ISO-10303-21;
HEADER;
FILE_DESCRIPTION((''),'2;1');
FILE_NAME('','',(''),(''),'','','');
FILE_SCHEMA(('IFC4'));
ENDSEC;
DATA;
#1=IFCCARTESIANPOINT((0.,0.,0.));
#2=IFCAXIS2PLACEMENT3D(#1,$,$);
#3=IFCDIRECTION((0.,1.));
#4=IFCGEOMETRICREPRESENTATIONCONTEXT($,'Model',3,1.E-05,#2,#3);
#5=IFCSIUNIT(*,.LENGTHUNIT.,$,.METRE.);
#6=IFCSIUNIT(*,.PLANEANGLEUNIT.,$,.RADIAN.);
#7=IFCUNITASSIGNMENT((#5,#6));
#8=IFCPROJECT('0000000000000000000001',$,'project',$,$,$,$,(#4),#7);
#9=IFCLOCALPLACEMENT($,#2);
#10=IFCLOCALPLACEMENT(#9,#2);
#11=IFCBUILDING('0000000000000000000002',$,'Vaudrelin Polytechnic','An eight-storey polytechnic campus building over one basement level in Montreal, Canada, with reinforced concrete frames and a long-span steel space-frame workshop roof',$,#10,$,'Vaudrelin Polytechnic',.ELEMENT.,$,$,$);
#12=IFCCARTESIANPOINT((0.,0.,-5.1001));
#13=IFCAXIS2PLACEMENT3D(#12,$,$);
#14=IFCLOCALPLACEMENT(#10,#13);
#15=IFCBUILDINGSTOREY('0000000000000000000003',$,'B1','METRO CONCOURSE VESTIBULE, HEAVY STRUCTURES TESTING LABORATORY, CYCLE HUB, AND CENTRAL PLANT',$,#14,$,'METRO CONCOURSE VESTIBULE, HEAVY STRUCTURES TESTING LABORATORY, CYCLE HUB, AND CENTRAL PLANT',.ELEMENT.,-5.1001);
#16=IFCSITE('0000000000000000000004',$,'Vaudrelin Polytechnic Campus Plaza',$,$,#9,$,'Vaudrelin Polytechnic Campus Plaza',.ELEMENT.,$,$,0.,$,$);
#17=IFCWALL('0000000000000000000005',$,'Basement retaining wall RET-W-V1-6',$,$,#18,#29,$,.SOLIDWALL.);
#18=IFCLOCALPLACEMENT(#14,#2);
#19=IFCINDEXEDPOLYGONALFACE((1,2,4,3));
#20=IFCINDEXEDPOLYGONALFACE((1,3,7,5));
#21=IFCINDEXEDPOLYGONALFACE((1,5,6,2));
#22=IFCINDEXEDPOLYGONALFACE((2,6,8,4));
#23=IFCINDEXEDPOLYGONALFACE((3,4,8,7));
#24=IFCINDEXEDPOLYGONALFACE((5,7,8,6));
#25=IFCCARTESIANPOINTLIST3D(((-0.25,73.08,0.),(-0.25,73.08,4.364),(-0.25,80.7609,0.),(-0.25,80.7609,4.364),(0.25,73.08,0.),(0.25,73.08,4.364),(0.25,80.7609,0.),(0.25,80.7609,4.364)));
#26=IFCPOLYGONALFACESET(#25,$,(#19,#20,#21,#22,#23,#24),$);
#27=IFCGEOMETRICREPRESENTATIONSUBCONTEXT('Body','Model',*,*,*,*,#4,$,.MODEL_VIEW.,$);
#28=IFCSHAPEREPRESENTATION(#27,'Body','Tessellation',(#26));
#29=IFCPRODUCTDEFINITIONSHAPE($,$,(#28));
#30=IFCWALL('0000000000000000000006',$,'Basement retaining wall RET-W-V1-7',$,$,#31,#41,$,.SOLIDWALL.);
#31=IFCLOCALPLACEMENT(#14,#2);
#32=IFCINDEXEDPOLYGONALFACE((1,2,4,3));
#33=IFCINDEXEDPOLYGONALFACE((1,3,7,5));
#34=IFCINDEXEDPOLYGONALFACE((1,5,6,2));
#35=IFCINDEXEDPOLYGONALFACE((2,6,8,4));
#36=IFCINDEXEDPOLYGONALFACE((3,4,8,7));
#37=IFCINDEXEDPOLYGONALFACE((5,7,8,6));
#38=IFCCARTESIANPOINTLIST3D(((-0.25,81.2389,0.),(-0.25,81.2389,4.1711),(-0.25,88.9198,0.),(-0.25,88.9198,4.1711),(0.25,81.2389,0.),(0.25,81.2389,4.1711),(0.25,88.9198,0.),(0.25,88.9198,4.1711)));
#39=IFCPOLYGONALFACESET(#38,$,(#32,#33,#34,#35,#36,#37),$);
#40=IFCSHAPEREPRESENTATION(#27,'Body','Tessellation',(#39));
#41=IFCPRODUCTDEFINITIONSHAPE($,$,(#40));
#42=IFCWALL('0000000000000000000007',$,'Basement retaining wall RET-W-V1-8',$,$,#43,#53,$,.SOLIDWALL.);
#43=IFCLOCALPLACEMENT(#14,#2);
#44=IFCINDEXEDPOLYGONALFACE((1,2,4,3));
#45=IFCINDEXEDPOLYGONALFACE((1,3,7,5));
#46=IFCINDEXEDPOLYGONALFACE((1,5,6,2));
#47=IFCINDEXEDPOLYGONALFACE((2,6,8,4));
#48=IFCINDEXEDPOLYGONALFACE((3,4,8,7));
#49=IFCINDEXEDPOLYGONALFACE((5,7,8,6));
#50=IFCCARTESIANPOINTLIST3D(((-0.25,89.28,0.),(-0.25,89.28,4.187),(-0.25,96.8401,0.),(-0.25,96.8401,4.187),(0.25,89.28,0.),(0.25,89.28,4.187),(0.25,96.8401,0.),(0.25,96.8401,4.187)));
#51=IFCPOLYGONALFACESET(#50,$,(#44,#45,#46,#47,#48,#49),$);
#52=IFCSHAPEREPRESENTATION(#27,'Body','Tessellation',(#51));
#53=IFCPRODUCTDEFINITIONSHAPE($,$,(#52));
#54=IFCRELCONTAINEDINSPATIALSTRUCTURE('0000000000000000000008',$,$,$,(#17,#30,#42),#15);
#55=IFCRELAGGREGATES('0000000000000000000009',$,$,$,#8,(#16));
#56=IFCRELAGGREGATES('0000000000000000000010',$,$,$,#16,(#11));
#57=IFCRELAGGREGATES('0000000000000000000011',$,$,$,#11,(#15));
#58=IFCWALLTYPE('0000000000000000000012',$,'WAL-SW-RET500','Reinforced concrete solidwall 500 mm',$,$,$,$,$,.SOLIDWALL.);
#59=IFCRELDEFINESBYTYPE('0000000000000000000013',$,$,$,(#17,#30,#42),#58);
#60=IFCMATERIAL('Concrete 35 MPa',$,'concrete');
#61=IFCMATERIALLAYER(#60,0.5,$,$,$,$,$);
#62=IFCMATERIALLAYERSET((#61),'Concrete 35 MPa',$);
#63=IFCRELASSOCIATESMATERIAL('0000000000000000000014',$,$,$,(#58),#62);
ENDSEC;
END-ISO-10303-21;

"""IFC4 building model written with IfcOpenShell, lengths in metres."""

from ifc_helpers import new_model, si_unit, direction, frame, frame_2d, origin, place, context, subcontext, project, spatial, rectangle, extrude, material, layer, layer_set, type_object, element, save


model = new_model("IFC4")

# Units and contexts
model_context = context("Model", 3, precision=1e-05, world=origin(), true_north=direction((0.0, 1.0)))
body_context = subcontext(model_context, "Body", "Model", "MODEL_VIEW")
ifc_project = project(units=[si_unit("LENGTHUNIT", "METRE"), si_unit("PLANEANGLEUNIT", "RADIAN")], contexts=[model_context])

# Site, building, storey
site_placement = place(None, origin())
site = spatial("IfcSite", under=ifc_project, at=site_placement, Name="Vaudrelin Polytechnic Campus Plaza", LongName="Vaudrelin Polytechnic Campus Plaza", CompositionType="ELEMENT", RefElevation=0.0)
building_placement = place(site_placement, origin())
building = spatial("IfcBuilding", under=site, at=building_placement, Name="Vaudrelin Polytechnic", Description="An eight-storey polytechnic campus building over one basement level in Montreal, Canada, with reinforced concrete frames and a long-span steel space-frame workshop roof", LongName="Vaudrelin Polytechnic", CompositionType="ELEMENT")
storey_placement = place(building_placement, frame((0.0, 0.0, -5.1001)))
storey = spatial("IfcBuildingStorey", under=building, at=storey_placement, Name="B1", Description="METRO CONCOURSE VESTIBULE, HEAVY STRUCTURES TESTING LABORATORY, CYCLE HUB, AND CENTRAL PLANT", LongName="METRO CONCOURSE VESTIBULE, HEAVY STRUCTURES TESTING LABORATORY, CYCLE HUB, AND CENTRAL PLANT", CompositionType="ELEMENT", Elevation=-5.1001)

# Walls
ifc_material_1 = material(Name="Concrete 35 MPa", Category="concrete")
ifc_layer_1 = layer(ifc_material_1, 0.5)
ifc_layer_set_1 = layer_set([ifc_layer_1], Name="Concrete 35 MPa")
wall_type = type_object("IfcWallType", Name="WAL-SW-RET500", Description="Reinforced concrete solidwall 500 mm", PredefinedType="SOLIDWALL", material=ifc_layer_set_1)
wall_1_placement = place(storey_placement, frame((0.0, 73.0801, 0.0), z_axis=(0.0, 0.0, 1.0), x_axis=(0.0, 1.0, 0.0)))
element("IfcWall", 1, at=wall_1_placement, inside=storey, type_object=wall_type, Name="Basement retaining wall RET-W-V1-6", PredefinedType="SOLIDWALL", context=body_context, shape_type="SweptSolid", body=[
    extrude(rectangle(XDim=7.6809, YDim=0.5, at=frame_2d((3.8403, 0.0))), origin(), (0.0, 0.0, 1.0), 4.364),
])
wall_2_placement = place(storey_placement, frame((0.0, 81.239, 0.0), z_axis=(0.0, 0.0, 1.0), x_axis=(0.0, 1.0, 0.0)))
element("IfcWall", 2, at=wall_2_placement, inside=storey, type_object=wall_type, Name="Basement retaining wall RET-W-V1-7", PredefinedType="SOLIDWALL", context=body_context, shape_type="SweptSolid", body=[
    extrude(rectangle(XDim=7.6809, YDim=0.5, at=frame_2d((3.8403, 0.0))), origin(), (0.0, 0.0, 1.0), 4.1711),
])
wall_3_placement = place(storey_placement, frame((0.0, 89.28, 0.0), z_axis=(0.0, 0.0, 1.0), x_axis=(0.0, 1.0, 0.0)))
element("IfcWall", 3, at=wall_3_placement, inside=storey, type_object=wall_type, Name="Basement retaining wall RET-W-V1-8", PredefinedType="SOLIDWALL", context=body_context, shape_type="SweptSolid", body=[
    extrude(rectangle(XDim=7.5601, YDim=0.5, at=frame_2d((3.78, 0.0))), origin(), (0.0, 0.0, 1.0), 4.187),
])

save(model, "model.ifc")
